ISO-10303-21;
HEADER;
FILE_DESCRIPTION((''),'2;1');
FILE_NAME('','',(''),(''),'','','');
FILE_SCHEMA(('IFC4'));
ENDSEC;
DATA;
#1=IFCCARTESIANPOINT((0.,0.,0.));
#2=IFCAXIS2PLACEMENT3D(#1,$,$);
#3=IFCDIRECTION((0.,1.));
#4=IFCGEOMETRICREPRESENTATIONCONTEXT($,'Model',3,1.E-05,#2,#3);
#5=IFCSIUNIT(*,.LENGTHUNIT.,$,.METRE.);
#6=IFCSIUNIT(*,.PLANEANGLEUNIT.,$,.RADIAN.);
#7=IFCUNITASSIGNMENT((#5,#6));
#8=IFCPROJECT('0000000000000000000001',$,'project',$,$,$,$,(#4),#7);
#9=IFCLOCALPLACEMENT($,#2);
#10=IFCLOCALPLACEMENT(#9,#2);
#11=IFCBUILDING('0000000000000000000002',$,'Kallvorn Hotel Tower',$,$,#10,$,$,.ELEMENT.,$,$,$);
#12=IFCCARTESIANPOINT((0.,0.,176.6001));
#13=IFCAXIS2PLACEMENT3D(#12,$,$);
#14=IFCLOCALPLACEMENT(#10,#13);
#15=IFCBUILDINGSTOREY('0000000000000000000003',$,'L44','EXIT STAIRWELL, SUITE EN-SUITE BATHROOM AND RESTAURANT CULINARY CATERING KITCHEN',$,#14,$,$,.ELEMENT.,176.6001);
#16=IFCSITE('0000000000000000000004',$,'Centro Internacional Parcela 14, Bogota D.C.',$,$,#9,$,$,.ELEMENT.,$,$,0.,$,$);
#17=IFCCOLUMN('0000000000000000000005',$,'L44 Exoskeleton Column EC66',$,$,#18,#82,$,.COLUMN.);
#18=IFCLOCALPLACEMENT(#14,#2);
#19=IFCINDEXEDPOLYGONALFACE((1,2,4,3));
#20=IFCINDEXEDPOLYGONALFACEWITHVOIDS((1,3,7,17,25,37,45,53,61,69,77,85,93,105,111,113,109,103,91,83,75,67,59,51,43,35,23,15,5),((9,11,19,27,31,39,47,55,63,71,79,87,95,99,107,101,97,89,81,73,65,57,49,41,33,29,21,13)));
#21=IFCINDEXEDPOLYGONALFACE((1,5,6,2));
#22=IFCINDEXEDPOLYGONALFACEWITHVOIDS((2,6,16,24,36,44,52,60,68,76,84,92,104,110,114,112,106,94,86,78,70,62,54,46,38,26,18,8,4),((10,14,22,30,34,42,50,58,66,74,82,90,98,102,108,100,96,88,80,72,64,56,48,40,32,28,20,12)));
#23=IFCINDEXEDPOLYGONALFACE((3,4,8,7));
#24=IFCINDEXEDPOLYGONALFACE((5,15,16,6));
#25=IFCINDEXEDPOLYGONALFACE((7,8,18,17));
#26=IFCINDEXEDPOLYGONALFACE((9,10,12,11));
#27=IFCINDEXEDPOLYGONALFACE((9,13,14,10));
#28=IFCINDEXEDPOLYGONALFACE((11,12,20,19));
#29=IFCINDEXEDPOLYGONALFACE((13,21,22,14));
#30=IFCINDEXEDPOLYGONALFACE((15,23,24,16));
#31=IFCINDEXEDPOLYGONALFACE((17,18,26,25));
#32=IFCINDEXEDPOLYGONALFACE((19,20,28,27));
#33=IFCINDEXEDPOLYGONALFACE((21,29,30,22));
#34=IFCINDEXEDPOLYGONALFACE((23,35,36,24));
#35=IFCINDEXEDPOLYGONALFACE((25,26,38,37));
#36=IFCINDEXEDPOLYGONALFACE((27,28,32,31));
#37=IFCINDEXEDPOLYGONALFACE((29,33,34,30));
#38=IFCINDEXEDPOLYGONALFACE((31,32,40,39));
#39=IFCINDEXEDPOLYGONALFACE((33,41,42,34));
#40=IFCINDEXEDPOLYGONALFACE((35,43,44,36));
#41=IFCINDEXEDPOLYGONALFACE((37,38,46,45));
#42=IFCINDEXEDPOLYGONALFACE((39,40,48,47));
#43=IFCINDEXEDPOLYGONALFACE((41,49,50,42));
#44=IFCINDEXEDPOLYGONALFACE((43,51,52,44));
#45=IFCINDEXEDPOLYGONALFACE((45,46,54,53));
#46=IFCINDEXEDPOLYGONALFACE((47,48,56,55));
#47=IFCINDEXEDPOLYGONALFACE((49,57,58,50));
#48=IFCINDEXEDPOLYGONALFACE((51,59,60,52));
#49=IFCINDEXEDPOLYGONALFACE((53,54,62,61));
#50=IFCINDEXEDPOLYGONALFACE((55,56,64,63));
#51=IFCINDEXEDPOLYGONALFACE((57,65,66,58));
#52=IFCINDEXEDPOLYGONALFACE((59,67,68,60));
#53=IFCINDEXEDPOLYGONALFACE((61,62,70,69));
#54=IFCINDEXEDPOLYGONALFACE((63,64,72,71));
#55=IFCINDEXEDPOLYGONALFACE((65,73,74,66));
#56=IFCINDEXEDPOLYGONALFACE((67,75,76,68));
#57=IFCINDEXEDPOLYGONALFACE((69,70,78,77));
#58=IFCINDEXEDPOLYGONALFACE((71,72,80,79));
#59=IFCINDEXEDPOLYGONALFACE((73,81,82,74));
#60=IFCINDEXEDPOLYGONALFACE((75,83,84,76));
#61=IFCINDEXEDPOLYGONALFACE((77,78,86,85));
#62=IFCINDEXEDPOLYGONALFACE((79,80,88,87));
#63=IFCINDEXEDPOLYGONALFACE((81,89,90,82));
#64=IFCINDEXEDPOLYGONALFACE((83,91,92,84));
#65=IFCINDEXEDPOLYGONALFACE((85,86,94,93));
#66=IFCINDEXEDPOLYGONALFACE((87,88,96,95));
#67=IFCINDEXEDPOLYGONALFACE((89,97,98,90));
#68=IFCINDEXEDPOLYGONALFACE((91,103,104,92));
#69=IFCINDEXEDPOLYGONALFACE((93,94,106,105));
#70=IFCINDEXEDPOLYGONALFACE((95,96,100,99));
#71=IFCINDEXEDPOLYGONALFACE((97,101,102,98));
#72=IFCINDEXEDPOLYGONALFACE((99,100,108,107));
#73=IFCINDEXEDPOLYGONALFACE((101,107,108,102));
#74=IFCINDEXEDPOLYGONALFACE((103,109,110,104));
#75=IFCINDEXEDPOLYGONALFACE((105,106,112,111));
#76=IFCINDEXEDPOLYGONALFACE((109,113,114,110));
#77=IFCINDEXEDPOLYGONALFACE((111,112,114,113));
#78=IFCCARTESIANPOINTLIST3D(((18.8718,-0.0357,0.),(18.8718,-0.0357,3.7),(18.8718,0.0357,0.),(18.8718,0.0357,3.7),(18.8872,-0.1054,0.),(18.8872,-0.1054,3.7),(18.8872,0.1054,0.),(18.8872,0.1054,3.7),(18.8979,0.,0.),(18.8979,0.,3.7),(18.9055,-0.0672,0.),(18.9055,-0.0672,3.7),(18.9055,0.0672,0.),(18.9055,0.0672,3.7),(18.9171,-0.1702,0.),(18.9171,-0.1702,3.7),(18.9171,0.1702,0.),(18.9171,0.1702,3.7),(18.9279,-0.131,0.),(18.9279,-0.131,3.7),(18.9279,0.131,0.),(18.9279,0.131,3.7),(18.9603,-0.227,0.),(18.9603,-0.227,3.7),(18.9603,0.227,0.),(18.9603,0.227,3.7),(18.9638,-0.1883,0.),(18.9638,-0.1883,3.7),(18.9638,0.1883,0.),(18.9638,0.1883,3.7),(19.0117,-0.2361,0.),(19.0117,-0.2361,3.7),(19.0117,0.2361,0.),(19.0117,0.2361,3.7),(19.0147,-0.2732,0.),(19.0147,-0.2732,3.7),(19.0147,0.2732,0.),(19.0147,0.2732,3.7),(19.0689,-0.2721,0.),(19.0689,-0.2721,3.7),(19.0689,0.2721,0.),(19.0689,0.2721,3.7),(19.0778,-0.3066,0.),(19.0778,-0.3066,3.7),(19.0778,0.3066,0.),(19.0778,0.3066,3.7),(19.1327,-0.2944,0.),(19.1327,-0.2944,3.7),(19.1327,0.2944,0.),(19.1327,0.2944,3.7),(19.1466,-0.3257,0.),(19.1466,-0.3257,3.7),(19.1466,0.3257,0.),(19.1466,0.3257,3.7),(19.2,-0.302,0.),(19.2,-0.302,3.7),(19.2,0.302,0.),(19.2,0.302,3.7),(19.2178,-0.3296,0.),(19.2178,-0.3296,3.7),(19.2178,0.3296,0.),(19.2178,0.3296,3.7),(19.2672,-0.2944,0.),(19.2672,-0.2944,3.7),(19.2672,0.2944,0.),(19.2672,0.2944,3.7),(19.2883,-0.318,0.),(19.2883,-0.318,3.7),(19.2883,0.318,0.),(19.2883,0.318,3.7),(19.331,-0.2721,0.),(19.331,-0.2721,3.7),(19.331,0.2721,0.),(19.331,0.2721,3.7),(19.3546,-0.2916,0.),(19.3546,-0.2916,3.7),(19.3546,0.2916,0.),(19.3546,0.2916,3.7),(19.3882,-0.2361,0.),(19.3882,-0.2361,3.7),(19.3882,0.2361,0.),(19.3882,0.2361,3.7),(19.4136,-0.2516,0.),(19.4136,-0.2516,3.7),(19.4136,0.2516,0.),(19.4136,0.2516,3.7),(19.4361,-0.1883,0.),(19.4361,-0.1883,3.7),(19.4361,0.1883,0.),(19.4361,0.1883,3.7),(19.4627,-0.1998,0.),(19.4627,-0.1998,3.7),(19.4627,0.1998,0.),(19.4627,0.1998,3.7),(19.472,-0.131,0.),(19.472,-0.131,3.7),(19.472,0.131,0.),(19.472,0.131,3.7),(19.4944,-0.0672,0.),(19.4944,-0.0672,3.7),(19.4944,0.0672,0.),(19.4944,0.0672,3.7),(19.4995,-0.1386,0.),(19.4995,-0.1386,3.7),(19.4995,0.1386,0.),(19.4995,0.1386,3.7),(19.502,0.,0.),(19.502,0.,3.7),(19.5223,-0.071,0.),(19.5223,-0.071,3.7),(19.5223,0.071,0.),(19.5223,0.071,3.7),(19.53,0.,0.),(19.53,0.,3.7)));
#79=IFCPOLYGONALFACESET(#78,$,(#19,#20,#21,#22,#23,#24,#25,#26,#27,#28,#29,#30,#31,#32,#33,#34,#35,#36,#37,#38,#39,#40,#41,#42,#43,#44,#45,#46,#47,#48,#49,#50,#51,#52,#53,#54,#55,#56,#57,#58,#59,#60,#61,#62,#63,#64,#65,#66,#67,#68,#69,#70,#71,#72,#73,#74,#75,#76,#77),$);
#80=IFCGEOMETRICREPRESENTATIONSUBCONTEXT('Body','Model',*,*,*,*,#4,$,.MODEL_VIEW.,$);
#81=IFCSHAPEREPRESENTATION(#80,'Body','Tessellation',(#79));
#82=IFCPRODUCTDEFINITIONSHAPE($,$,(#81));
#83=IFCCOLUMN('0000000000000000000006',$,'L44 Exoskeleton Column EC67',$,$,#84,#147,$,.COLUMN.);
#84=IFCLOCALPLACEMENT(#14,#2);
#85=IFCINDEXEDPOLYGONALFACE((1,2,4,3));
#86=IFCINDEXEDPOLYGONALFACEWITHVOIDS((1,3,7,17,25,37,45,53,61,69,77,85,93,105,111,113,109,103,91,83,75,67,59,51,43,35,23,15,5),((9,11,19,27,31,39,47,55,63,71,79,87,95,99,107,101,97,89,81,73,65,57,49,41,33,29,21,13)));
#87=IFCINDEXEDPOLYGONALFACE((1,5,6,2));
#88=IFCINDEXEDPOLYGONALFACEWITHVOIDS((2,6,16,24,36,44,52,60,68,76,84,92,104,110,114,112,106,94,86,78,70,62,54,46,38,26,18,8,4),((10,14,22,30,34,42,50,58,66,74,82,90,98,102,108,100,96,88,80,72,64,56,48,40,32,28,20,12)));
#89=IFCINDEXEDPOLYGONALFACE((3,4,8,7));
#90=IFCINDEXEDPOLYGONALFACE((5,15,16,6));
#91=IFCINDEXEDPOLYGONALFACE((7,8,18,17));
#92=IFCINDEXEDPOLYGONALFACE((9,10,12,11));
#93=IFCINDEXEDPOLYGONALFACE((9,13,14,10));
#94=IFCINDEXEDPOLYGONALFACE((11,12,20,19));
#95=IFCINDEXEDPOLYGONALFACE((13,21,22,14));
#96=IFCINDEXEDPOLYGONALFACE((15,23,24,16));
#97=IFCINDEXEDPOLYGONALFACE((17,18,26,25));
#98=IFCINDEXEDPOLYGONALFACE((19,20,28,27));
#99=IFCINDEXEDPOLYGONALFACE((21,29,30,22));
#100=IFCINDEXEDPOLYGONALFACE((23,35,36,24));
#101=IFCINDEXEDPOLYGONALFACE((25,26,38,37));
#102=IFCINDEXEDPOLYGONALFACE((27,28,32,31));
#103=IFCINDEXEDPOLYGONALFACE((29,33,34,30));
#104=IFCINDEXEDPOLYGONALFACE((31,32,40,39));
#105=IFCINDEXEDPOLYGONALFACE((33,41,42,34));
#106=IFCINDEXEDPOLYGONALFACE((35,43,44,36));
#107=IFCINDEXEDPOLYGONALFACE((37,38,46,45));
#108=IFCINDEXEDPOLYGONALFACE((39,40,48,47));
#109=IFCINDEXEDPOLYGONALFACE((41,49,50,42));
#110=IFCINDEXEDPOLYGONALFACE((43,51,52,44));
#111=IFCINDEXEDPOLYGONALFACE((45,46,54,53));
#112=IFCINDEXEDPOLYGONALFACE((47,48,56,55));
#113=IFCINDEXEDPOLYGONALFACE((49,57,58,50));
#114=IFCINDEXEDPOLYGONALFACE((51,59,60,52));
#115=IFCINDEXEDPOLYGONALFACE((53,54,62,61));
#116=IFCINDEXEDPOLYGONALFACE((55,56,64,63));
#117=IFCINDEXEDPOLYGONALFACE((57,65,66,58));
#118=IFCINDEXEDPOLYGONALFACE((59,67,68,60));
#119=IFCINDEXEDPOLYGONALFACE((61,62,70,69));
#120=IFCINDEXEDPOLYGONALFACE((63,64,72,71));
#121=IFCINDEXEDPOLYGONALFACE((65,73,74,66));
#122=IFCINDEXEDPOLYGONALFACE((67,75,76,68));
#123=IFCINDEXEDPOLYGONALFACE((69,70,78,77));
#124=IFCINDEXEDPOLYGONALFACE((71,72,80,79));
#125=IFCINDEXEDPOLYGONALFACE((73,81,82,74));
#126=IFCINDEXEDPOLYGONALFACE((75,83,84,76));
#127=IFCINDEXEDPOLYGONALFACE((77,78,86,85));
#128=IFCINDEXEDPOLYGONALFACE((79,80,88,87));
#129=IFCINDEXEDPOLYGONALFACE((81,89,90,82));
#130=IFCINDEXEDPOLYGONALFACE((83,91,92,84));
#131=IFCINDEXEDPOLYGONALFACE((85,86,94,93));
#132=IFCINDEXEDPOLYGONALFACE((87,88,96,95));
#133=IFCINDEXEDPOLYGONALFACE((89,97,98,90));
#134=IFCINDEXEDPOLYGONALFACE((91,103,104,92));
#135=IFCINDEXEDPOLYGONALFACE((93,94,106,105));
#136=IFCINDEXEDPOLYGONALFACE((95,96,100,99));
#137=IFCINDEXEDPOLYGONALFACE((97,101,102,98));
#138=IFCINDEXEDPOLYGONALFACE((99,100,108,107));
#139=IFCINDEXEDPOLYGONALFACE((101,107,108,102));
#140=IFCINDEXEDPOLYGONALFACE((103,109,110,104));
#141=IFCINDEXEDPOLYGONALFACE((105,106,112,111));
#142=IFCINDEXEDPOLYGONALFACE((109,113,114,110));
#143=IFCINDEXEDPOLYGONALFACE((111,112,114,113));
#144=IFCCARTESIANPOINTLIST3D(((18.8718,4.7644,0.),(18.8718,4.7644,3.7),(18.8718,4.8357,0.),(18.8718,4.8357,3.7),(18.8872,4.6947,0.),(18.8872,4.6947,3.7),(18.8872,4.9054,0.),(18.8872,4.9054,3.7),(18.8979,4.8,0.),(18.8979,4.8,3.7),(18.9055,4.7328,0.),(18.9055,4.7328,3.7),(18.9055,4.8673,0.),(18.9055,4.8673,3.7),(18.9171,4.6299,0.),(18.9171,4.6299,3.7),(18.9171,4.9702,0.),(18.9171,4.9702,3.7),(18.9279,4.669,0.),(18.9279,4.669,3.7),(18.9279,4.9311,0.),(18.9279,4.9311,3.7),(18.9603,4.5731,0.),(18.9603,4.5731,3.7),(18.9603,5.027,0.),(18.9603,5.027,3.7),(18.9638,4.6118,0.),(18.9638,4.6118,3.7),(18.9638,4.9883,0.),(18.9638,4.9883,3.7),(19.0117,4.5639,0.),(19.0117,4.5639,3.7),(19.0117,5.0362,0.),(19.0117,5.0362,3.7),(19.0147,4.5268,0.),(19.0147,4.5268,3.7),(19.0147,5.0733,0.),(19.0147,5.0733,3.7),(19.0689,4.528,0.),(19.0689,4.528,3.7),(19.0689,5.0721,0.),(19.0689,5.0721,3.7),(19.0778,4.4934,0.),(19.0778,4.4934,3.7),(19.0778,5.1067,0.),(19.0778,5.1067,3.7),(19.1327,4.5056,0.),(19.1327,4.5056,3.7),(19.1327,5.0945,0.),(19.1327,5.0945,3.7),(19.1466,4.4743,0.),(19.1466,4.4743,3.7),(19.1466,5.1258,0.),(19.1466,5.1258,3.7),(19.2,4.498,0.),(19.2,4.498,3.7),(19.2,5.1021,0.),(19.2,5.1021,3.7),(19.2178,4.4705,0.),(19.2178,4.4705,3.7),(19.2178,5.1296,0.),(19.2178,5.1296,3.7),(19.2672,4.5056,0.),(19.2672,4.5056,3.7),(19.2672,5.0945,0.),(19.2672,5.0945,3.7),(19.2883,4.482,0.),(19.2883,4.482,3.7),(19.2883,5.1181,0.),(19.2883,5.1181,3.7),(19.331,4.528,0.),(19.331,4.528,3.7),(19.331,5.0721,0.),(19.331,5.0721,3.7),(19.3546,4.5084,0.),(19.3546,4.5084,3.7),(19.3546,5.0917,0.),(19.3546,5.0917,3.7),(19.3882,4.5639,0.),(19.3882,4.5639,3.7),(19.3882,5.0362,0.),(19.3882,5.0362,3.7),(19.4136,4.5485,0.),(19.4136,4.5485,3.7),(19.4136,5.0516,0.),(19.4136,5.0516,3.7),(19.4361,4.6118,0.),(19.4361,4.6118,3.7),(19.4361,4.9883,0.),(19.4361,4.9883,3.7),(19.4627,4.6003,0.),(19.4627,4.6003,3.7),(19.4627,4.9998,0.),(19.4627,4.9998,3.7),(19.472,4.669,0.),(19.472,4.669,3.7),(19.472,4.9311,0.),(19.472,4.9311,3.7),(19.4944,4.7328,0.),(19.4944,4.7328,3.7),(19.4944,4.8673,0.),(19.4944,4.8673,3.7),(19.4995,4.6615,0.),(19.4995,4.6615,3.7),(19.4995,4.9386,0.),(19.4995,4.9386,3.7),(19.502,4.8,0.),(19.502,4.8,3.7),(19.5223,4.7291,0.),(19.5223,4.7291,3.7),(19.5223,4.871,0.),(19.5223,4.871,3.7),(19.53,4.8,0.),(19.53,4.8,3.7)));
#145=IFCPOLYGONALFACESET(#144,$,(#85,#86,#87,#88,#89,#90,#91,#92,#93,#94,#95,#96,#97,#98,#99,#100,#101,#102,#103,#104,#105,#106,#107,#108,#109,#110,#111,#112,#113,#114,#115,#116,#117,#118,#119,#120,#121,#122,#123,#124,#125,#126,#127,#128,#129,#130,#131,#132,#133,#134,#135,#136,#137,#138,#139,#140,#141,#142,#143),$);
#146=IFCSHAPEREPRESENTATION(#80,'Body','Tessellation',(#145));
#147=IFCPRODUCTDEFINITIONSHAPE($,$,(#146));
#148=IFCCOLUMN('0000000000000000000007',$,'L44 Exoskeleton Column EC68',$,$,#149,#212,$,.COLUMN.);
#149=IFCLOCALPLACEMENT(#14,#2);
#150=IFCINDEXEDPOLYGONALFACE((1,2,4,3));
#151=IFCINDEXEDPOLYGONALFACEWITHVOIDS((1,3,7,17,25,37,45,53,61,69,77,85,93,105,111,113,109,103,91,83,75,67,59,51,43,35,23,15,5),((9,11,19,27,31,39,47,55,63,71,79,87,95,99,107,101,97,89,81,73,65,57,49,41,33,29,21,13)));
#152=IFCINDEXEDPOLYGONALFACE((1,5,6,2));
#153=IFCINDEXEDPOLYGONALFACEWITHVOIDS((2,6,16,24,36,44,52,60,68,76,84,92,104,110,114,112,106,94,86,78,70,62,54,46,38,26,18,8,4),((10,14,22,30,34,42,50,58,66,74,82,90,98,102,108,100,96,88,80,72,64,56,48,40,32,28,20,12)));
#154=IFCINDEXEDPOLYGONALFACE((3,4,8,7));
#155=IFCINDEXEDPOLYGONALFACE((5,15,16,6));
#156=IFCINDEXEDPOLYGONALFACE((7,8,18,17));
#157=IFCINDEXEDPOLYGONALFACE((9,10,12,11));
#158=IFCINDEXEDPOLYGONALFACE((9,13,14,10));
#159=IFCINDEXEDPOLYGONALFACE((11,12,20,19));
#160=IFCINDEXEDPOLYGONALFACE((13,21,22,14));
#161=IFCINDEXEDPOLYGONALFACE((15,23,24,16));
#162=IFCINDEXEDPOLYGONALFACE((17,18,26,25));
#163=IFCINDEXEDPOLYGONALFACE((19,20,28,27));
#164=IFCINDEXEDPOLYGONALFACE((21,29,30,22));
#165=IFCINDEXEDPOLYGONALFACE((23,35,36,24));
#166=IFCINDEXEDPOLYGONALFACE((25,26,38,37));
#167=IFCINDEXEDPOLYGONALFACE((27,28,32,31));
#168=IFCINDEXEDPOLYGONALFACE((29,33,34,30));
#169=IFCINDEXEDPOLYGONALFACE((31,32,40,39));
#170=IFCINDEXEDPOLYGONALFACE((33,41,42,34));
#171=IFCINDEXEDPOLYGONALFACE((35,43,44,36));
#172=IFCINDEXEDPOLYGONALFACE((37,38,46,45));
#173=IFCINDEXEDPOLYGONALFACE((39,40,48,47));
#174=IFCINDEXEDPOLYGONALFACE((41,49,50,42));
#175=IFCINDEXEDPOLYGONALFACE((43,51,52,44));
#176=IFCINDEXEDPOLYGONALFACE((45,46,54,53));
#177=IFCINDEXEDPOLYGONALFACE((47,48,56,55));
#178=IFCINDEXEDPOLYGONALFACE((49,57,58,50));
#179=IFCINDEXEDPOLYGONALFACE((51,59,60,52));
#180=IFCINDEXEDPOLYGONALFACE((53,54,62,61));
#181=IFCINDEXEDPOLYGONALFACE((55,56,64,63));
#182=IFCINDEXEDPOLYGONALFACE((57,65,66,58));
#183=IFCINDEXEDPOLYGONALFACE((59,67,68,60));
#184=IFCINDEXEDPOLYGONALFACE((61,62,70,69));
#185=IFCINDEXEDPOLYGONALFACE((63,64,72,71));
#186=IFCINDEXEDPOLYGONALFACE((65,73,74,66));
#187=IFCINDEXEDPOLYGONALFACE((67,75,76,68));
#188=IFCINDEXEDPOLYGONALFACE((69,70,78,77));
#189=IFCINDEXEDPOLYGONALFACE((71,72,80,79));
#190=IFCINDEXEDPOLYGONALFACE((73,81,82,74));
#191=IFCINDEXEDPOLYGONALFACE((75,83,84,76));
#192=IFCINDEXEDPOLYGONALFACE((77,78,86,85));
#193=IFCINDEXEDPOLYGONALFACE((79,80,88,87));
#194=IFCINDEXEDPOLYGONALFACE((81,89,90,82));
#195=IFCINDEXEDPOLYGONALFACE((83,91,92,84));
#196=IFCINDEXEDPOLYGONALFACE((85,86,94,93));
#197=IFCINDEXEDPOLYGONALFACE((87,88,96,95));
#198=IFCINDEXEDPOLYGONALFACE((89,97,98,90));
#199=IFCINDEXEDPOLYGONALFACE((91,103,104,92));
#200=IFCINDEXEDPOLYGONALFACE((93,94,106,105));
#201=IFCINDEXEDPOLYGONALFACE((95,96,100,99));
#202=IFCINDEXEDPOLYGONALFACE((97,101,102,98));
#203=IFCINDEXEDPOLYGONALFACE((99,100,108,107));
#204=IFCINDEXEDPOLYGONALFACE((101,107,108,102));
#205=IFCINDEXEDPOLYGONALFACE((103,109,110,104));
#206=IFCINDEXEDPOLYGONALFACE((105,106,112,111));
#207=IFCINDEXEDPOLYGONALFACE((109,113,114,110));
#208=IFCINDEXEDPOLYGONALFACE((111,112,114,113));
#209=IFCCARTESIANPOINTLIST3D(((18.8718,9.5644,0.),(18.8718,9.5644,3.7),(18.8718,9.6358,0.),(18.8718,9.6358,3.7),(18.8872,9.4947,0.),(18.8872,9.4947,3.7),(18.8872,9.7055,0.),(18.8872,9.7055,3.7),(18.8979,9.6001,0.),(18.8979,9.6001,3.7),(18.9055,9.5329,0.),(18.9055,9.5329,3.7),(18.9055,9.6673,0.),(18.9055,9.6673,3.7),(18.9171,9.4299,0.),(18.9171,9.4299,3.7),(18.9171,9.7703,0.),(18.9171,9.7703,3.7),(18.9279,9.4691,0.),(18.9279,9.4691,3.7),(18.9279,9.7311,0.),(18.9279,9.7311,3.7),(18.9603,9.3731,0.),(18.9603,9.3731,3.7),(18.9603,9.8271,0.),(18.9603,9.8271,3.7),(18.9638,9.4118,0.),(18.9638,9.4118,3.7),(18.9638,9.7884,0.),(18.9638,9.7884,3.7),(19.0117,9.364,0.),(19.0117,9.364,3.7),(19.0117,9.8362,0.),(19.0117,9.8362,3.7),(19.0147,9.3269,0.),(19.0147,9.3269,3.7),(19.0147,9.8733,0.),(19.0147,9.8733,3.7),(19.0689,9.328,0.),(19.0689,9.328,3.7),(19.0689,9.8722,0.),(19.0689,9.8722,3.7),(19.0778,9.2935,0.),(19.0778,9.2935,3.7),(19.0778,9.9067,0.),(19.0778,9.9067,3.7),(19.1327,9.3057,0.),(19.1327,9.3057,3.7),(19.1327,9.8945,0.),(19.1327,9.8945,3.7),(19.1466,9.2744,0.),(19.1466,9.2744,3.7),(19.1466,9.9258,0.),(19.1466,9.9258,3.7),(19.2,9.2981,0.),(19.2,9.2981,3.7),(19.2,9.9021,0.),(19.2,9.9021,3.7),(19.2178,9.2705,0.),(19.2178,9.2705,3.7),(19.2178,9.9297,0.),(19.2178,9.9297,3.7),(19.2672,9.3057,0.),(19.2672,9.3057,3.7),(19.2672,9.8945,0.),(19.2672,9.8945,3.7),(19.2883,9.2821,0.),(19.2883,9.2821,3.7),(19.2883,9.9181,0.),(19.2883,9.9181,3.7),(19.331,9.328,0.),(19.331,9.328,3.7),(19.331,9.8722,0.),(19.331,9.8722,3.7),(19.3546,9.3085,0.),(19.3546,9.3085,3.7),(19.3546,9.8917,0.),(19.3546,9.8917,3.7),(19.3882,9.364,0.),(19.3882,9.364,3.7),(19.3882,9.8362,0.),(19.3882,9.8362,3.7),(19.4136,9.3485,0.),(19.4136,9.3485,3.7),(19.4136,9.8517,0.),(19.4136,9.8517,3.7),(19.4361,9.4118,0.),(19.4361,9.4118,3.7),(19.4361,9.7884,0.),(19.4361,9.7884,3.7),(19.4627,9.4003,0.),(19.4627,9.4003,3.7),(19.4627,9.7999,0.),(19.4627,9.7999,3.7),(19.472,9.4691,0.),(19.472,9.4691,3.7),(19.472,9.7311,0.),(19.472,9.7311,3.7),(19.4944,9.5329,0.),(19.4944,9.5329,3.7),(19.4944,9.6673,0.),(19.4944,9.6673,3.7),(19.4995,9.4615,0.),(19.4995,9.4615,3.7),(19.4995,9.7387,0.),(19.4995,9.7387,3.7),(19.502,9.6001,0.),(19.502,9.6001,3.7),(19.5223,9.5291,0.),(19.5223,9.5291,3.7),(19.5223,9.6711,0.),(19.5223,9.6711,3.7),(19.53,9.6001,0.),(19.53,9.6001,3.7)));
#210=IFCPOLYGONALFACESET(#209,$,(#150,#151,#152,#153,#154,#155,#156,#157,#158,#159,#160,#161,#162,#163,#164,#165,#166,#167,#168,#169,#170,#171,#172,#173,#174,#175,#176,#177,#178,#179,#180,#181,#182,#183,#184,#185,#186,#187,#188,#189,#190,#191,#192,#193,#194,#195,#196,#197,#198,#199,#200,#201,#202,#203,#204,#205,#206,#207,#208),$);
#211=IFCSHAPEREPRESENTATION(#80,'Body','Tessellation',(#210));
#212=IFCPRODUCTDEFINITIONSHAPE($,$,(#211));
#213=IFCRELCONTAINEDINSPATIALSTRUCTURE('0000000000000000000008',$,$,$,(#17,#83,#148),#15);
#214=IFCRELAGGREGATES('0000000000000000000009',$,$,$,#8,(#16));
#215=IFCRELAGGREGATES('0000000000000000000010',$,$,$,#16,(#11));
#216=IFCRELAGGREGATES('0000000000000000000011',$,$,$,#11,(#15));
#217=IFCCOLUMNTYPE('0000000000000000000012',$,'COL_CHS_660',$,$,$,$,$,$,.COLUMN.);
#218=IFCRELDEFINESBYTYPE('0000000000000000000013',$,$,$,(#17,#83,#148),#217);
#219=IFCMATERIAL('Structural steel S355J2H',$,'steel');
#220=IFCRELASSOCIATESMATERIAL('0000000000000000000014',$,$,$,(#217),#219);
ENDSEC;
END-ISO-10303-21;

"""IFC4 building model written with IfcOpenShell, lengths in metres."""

from ifc_helpers import new_model, si_unit, direction, frame, origin, origin_2d, place, context, subcontext, project, spatial, hollow_circle, extrude, material, material_profile, profile_set, type_object, element, save


model = new_model("IFC4")

# Units and contexts
model_context = context("Model", 3, precision=1e-05, world=origin(), true_north=direction((0.0, 1.0)))
body_context = subcontext(model_context, "Body", "Model", "MODEL_VIEW")
ifc_project = project(units=[si_unit("LENGTHUNIT", "METRE"), si_unit("PLANEANGLEUNIT", "RADIAN")], contexts=[model_context])

# Site, building, storey
site_placement = place(None, origin())
site = spatial("IfcSite", under=ifc_project, at=site_placement, Name="Centro Internacional Parcela 14, Bogota D.C.", CompositionType="ELEMENT", RefElevation=0.0)
building_placement = place(site_placement, origin())
building = spatial("IfcBuilding", under=site, at=building_placement, Name="Kallvorn Hotel Tower", CompositionType="ELEMENT")
storey_placement = place(building_placement, frame((0.0, 0.0, 176.6001)))
storey = spatial("IfcBuildingStorey", under=building, at=storey_placement, Name="L44", Description="EXIT STAIRWELL, SUITE EN-SUITE BATHROOM AND RESTAURANT CULINARY CATERING KITCHEN", CompositionType="ELEMENT", Elevation=176.6001)

# Columns
ifc_material_1 = material(Name="Structural steel S355J2H", Category="steel")
ifc_material_profile_1 = material_profile(ifc_material_1, hollow_circle(Radius=0.3301, WallThickness=0.0281, at=origin_2d()), Name="CHS 660x28")
ifc_profile_set_1 = profile_set([ifc_material_profile_1], Name="Structural steel S355J2H")
column_type_1 = type_object("IfcColumnType", Name="COL_CHS_660", PredefinedType="COLUMN", material=ifc_profile_set_1)
for number, where, z_axis, x_axis, name in (
    (1, (19.2, 0.0, 0.0), (0.0, 0.0, 1.0), (1.0, 0.0, 0.0), "L44 Exoskeleton Column EC66"),
    (2, (19.2, 4.8, 0.0), (0.0, 0.0, 1.0), (1.0, 0.0, 0.0), "L44 Exoskeleton Column EC67"),
    (3, (19.2, 9.6001, 0.0), (0.0, 0.0, 1.0), (1.0, 0.0, 0.0), "L44 Exoskeleton Column EC68"),
):
    element("IfcColumn", number, at=place(storey_placement, frame(where, z_axis=z_axis, x_axis=x_axis)), inside=storey, type_object=column_type_1, Name=name, PredefinedType="COLUMN", context=body_context, shape_type="SweptSolid", body=[
        extrude(hollow_circle(Radius=0.3301, WallThickness=0.0281, at=origin_2d()), origin(), (0.0, 0.0, 1.0), 3.7),
    ])

save(model, "model.ifc")
